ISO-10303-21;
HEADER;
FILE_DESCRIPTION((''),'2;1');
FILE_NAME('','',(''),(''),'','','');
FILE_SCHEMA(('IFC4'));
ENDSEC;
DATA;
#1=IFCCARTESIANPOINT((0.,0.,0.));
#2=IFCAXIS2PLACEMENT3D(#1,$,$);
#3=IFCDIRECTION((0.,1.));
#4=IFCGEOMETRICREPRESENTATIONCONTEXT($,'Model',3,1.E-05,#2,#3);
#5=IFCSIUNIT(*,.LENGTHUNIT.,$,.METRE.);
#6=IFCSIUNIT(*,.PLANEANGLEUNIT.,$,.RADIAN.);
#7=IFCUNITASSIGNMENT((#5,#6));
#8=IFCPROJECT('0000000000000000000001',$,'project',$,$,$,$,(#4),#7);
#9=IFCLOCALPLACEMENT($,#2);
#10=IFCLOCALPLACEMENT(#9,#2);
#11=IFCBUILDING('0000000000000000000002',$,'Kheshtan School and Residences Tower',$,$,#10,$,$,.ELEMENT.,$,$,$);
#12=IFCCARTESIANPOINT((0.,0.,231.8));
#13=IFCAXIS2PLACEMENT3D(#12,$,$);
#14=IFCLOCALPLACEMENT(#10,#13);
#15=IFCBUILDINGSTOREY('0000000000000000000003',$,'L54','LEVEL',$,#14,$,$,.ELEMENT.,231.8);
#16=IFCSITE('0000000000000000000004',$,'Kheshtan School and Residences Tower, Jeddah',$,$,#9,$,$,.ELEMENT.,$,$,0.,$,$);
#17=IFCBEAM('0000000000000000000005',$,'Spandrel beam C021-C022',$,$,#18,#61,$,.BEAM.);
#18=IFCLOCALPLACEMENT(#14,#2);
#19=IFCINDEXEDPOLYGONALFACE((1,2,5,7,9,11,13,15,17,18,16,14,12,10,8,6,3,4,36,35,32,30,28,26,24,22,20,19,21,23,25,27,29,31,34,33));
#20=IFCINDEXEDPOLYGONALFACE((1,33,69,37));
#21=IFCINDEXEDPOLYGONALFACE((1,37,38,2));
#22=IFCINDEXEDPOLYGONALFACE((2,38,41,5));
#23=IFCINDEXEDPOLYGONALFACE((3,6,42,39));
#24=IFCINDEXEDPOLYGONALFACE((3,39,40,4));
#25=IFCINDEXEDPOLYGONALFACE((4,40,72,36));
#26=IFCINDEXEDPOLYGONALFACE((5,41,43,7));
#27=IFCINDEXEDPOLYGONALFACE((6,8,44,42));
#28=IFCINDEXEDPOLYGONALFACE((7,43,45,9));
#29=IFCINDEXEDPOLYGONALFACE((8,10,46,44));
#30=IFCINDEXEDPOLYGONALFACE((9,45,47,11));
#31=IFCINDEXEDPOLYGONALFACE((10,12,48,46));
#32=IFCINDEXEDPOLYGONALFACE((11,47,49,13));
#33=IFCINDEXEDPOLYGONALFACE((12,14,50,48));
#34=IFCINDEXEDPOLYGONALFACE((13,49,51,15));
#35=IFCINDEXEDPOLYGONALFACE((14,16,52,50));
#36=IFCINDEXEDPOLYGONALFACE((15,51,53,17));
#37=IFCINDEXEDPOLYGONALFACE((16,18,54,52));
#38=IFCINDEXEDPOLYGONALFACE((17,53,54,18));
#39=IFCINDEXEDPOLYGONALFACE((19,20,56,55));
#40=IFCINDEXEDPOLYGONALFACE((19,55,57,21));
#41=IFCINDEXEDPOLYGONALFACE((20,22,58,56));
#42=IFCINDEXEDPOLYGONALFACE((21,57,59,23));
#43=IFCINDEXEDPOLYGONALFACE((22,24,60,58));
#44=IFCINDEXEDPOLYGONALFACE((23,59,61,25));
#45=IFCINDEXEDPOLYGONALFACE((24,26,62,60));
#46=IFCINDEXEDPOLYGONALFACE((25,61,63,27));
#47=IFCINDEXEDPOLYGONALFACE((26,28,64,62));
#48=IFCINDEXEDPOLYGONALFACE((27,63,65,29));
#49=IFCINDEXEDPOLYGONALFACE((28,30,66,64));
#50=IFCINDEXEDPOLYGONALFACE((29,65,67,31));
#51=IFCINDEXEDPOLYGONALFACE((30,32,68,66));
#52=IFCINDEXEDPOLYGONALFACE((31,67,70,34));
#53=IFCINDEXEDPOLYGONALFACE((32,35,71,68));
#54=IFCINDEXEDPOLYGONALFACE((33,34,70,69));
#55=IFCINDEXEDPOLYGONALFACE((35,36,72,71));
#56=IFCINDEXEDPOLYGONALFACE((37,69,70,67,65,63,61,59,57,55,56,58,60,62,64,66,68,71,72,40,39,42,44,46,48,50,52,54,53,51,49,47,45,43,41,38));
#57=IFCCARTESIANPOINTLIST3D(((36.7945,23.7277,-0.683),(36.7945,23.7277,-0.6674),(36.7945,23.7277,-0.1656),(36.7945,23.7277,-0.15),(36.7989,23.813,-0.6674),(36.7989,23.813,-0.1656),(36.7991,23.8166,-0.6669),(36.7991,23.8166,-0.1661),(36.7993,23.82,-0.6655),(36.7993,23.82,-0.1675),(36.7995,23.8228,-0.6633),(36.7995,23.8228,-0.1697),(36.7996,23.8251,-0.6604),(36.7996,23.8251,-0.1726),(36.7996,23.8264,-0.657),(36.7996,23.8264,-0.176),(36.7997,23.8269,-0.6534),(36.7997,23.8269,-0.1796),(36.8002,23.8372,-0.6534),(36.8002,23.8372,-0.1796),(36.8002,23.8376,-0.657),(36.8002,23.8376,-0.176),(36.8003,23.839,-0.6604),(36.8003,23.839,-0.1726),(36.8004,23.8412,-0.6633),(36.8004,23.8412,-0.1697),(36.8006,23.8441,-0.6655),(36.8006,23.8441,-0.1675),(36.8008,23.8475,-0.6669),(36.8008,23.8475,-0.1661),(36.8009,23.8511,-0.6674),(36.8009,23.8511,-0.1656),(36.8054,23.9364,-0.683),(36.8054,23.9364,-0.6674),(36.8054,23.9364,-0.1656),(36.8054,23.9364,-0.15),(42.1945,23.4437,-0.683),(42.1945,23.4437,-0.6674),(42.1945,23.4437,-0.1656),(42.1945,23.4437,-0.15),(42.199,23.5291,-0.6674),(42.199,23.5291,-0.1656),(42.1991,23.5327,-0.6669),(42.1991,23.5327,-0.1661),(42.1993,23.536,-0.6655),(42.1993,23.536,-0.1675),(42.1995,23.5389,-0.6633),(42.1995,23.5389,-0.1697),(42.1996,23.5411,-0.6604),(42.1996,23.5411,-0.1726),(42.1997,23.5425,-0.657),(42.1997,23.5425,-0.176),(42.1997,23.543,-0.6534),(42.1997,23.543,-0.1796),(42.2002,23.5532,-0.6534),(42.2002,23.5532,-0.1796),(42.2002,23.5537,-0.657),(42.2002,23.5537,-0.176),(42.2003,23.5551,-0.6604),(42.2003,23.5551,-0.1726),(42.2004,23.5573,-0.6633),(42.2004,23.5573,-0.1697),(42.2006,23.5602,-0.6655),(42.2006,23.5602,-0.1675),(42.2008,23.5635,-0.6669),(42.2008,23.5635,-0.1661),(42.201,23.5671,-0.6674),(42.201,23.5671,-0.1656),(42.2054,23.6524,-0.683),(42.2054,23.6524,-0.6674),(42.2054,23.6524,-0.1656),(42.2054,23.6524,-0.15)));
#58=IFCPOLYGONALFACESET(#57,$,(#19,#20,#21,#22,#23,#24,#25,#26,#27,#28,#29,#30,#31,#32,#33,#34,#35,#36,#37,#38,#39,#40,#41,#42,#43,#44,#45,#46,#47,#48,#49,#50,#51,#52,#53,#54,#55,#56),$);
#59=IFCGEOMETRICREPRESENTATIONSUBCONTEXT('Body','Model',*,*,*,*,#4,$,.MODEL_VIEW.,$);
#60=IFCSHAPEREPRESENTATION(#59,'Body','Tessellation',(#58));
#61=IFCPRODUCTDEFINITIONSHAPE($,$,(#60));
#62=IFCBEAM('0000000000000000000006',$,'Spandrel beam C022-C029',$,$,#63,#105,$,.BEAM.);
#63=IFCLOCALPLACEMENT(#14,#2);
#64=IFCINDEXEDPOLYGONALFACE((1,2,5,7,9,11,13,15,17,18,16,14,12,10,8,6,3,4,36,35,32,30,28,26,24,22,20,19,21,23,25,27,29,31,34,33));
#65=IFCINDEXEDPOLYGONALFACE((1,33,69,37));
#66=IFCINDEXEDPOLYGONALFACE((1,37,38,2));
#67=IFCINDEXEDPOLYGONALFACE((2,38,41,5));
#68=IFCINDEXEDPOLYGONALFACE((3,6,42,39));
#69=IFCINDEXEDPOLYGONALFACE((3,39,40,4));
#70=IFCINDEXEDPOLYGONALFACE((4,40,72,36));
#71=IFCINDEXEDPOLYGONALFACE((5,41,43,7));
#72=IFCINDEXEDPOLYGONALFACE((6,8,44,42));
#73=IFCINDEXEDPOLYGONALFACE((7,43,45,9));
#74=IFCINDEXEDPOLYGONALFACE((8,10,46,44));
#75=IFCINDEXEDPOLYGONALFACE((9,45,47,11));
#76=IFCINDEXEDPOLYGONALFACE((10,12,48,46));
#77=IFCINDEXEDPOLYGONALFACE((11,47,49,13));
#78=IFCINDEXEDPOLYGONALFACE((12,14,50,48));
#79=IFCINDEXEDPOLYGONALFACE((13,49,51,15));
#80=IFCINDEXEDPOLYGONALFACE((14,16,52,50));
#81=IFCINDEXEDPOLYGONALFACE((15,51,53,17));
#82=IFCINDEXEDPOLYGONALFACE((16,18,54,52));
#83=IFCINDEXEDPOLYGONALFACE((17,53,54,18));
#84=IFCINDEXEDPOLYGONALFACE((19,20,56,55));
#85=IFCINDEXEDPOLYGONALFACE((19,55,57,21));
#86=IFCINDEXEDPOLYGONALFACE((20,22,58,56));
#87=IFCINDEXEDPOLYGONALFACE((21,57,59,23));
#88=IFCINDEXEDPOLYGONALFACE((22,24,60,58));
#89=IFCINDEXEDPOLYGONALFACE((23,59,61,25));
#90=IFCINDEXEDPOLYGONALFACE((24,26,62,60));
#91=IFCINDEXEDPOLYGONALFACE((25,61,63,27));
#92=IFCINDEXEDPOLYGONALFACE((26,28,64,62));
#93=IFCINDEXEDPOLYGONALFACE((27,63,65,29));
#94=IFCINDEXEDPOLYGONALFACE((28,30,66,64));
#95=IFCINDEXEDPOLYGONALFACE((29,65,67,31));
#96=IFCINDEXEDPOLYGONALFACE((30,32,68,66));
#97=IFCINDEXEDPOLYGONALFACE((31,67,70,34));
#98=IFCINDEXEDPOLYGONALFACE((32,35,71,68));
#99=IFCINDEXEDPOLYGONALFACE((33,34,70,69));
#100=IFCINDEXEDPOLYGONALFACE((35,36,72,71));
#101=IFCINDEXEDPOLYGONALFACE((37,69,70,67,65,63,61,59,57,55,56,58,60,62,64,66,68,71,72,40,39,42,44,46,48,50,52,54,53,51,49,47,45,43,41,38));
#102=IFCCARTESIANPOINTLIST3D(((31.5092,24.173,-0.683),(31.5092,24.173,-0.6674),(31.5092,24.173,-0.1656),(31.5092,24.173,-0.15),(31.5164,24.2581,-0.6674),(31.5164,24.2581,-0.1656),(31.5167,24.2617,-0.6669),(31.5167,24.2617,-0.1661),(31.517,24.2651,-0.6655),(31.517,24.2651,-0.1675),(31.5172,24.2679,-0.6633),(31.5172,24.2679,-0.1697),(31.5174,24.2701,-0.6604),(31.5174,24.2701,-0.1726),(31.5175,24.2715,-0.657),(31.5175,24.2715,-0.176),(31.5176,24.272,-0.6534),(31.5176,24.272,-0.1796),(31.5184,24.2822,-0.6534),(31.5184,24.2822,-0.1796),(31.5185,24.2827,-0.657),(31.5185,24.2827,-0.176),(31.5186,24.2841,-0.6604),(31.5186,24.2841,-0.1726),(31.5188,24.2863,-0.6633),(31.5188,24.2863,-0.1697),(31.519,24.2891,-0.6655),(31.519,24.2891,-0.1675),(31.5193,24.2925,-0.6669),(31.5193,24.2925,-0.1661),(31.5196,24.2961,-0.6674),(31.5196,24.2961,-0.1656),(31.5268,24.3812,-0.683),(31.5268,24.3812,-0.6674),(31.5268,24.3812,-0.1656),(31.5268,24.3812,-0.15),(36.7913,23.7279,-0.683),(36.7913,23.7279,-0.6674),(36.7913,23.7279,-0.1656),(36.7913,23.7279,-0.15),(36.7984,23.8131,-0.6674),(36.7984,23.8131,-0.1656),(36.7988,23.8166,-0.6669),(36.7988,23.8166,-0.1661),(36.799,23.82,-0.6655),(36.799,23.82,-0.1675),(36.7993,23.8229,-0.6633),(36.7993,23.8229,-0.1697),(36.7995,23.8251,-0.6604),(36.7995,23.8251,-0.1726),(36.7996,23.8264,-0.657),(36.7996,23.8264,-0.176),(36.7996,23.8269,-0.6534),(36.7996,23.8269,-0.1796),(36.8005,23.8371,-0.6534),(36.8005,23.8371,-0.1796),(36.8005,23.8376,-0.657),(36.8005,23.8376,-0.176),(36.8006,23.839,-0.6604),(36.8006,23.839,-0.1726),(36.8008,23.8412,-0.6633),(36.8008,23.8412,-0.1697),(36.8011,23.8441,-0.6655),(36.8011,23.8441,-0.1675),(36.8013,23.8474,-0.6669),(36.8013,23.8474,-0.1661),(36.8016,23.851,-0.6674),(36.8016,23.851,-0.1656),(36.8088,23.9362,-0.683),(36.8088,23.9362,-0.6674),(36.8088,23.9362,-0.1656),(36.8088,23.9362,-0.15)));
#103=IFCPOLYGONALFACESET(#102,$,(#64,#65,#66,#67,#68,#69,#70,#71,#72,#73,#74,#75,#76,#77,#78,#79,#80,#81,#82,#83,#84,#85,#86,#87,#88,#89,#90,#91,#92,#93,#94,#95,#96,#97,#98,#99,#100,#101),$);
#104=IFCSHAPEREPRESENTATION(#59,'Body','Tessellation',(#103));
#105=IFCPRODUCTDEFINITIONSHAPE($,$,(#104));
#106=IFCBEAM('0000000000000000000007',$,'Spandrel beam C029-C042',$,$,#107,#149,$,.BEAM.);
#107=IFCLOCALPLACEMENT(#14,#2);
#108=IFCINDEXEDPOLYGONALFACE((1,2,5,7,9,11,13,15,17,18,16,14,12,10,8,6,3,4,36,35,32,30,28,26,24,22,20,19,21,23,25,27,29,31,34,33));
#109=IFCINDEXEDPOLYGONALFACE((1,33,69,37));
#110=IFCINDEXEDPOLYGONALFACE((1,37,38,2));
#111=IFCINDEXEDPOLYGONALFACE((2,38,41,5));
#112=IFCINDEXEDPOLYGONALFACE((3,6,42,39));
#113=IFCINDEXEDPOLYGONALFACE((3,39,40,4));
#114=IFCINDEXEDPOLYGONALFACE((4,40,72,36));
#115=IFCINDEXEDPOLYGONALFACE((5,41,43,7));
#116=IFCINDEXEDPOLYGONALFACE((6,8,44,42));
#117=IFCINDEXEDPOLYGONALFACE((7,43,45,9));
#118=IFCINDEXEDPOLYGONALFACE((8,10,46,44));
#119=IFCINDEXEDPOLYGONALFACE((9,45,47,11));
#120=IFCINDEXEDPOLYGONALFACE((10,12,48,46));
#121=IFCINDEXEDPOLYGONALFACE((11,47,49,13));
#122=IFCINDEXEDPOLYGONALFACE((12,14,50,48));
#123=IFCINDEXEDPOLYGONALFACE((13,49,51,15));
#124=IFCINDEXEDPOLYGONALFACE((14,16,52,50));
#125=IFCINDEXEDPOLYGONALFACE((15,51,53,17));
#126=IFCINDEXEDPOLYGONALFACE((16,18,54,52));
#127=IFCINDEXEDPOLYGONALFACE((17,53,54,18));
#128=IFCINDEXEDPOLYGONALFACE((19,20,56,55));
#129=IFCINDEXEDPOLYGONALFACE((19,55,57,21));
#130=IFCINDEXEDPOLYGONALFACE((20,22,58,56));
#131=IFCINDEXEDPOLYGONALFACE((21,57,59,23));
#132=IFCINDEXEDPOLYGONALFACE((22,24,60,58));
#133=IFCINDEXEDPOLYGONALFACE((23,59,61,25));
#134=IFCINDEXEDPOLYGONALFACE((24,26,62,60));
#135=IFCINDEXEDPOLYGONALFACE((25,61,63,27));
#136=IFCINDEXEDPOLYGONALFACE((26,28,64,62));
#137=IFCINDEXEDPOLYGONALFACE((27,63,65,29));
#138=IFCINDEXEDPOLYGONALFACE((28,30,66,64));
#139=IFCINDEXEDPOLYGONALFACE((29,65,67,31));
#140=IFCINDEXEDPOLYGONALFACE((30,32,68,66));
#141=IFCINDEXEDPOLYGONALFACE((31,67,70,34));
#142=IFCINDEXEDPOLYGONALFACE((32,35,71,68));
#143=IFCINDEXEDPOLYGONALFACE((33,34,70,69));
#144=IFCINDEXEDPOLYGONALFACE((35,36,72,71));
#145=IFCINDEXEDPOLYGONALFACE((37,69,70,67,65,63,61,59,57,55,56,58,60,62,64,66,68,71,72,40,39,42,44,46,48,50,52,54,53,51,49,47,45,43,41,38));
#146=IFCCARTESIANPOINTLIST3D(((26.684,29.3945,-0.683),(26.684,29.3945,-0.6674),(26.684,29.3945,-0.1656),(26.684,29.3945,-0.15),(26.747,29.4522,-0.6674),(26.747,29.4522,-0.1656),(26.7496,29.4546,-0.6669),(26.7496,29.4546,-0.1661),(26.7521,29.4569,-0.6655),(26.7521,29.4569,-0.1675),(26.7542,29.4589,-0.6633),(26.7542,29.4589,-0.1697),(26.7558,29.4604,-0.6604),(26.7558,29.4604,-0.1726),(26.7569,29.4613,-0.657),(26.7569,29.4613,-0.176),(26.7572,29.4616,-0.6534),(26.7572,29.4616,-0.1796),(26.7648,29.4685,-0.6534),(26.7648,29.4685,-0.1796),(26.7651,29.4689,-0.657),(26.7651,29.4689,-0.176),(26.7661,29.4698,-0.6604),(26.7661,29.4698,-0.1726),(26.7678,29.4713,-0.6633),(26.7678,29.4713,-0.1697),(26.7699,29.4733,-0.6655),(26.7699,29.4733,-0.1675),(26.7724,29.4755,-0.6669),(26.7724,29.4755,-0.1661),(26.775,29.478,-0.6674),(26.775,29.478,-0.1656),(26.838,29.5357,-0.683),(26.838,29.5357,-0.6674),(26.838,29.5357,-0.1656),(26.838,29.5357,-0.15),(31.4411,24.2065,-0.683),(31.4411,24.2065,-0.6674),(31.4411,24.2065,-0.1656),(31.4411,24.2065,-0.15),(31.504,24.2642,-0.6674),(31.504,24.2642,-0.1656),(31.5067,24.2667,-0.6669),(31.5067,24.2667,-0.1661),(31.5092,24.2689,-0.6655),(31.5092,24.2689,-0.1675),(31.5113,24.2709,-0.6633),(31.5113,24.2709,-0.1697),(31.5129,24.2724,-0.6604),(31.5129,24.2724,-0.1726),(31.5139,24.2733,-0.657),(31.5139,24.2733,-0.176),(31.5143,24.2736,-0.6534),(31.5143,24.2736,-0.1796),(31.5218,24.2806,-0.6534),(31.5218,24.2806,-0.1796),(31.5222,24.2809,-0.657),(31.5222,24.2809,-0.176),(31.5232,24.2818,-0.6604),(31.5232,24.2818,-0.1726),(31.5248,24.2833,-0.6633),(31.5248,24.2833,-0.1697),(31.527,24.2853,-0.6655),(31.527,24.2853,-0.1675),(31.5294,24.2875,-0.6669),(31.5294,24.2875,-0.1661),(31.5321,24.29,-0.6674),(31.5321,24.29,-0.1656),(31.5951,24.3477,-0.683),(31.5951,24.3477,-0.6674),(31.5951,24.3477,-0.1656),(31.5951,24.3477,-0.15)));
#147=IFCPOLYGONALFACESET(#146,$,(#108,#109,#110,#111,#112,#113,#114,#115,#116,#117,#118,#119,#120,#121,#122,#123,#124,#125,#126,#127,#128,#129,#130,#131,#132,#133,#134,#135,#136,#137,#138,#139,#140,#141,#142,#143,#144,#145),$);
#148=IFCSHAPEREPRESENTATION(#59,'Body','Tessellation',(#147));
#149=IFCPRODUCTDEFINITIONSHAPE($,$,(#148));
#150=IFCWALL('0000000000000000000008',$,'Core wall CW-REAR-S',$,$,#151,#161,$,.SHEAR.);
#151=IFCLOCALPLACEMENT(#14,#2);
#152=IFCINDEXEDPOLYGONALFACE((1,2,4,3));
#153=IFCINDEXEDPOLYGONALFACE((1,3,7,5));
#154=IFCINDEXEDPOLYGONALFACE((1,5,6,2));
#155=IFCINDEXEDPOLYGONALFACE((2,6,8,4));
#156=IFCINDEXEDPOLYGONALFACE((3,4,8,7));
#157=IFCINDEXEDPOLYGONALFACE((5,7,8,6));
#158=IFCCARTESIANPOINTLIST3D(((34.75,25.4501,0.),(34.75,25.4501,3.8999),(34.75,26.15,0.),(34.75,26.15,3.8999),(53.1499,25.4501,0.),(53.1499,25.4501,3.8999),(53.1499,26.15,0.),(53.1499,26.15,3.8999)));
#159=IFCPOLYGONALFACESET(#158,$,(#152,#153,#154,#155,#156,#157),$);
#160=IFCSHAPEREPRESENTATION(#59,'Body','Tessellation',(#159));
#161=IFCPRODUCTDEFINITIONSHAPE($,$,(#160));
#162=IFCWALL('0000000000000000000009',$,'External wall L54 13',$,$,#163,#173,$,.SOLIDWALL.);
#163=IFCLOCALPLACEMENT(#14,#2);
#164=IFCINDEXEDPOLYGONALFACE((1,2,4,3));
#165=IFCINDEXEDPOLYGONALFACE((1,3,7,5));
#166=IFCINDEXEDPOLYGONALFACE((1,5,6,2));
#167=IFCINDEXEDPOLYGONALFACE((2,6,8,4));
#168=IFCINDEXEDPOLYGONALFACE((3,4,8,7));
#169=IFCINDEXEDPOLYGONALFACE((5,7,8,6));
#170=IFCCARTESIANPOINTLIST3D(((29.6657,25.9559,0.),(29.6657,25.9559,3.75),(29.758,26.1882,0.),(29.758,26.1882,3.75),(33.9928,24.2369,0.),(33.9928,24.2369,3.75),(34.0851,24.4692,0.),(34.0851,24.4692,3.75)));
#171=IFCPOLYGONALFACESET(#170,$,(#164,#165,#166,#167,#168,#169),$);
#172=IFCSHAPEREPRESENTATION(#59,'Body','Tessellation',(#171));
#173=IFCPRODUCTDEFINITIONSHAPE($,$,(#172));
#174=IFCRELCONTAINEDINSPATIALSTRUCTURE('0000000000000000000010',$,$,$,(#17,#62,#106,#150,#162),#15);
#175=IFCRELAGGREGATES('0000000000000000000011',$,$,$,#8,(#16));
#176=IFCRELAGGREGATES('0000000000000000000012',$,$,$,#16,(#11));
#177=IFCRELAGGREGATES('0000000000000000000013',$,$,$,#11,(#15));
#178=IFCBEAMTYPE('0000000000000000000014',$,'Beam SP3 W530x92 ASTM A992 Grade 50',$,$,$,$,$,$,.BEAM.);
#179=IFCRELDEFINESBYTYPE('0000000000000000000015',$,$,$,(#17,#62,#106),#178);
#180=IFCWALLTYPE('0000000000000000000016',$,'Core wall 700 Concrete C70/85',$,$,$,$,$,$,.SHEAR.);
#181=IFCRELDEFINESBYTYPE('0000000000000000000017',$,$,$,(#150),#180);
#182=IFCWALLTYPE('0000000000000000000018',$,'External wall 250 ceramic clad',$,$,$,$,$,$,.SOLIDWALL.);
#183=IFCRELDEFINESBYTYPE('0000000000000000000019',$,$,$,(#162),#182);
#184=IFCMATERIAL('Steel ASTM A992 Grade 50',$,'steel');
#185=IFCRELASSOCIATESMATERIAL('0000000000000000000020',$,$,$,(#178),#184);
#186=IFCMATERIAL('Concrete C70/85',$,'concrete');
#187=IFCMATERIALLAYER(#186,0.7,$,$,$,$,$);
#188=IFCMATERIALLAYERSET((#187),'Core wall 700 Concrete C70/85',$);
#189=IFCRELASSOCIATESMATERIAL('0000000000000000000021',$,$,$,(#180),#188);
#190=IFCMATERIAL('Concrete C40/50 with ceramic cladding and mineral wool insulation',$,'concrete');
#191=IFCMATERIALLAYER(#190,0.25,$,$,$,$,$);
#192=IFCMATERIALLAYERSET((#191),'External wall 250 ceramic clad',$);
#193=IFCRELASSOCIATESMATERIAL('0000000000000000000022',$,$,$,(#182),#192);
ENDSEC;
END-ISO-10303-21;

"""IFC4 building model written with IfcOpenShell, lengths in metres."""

from ifc_helpers import new_model, si_unit, direction, frame, frame_2d, origin, origin_2d, place, context, subcontext, project, spatial, rectangle, i_section, extrude, material, layer, layer_set, material_profile, profile_set, type_object, element, save


model = new_model("IFC4")

# Units and contexts
model_context = context("Model", 3, precision=1e-05, world=origin(), true_north=direction((0.0, 1.0)))
body_context = subcontext(model_context, "Body", "Model", "MODEL_VIEW")
ifc_project = project(units=[si_unit("LENGTHUNIT", "METRE"), si_unit("PLANEANGLEUNIT", "RADIAN")], contexts=[model_context])

# Site, building, storey
site_placement = place(None, origin())
site = spatial("IfcSite", under=ifc_project, at=site_placement, Name="Kheshtan School and Residences Tower, Jeddah", CompositionType="ELEMENT", RefElevation=0.0)
building_placement = place(site_placement, origin())
building = spatial("IfcBuilding", under=site, at=building_placement, Name="Kheshtan School and Residences Tower", CompositionType="ELEMENT")
storey_placement = place(building_placement, frame((0.0, 0.0, 231.8)))
storey = spatial("IfcBuildingStorey", under=building, at=storey_placement, Name="L54", Description="LEVEL", CompositionType="ELEMENT", Elevation=231.8)

# Shared definitions
ifc_material_1 = material(Name="Steel ASTM A992 Grade 50", Category="steel")

# Beams
ifc_material_profile_1 = material_profile(ifc_material_1, i_section(OverallWidth=0.209, OverallDepth=0.533, WebThickness=0.0103, FlangeThickness=0.0156, FilletRadius=0.0139, at=origin_2d()), Name="W530x92")
ifc_profile_set_1 = profile_set([ifc_material_profile_1], Name="Steel ASTM A992 Grade 50")
beam_type_1 = type_object("IfcBeamType", Name="Beam SP3 W530x92 ASTM A992 Grade 50", PredefinedType="BEAM", material=ifc_profile_set_1)
beam_1_placement = place(storey_placement, frame((42.2, 23.5481, -0.4165), z_axis=(-0.99862, 0.052509, 0.0), x_axis=(-0.052509, -0.99862, 0.0)))
element("IfcBeam", 1, at=beam_1_placement, inside=storey, type_object=beam_type_1, Name="Spandrel beam C021-C022", PredefinedType="BEAM", context=body_context, shape_type="SweptSolid", body=[
    extrude(i_section(OverallWidth=0.209, OverallDepth=0.533, WebThickness=0.0103, FlangeThickness=0.0156, FilletRadius=0.0139, at=origin_2d()), origin(), (0.0, 0.0, 1.0), 5.4075),
])
beam_2_placement = place(storey_placement, frame((36.8, 23.832, -0.4165), z_axis=(-0.996469, 0.083964, 0.0), x_axis=(-0.083964, -0.996469, 0.0)))
element("IfcBeam", 2, at=beam_2_placement, inside=storey, type_object=beam_type_1, Name="Spandrel beam C022-C029", PredefinedType="BEAM", context=body_context, shape_type="SweptSolid", body=[
    extrude(i_section(OverallWidth=0.209, OverallDepth=0.533, WebThickness=0.0103, FlangeThickness=0.0156, FilletRadius=0.0139, at=origin_2d()), origin(), (0.0, 0.0, 1.0), 5.3008),
])
beam_3_placement = place(storey_placement, frame((31.5181, 24.2771, -0.4165), z_axis=(-0.675835, 0.737053, 0.0), x_axis=(-0.737053, -0.675835, 0.0)))
element("IfcBeam", 3, at=beam_3_placement, inside=storey, type_object=beam_type_1, Name="Spandrel beam C029-C042", PredefinedType="BEAM", context=body_context, shape_type="SweptSolid", body=[
    extrude(i_section(OverallWidth=0.209, OverallDepth=0.533, WebThickness=0.0103, FlangeThickness=0.0156, FilletRadius=0.0139, at=origin_2d()), origin(), (0.0, 0.0, 1.0), 7.0388),
])

# Walls
ifc_material_2 = material(Name="Concrete C70/85", Category="concrete")
ifc_layer_1 = layer(ifc_material_2, 0.7)
ifc_layer_set_1 = layer_set([ifc_layer_1], Name="Core wall 700 Concrete C70/85")
wall_type_1 = type_object("IfcWallType", Name="Core wall 700 Concrete C70/85", PredefinedType="SHEAR", material=ifc_layer_set_1)
wall_1_placement = place(storey_placement, frame((34.75, 25.8, 0.0), z_axis=(0.0, 0.0, 1.0), x_axis=(1.0, 0.0, 0.0)))
element("IfcWall", 4, at=wall_1_placement, inside=storey, type_object=wall_type_1, Name="Core wall CW-REAR-S", PredefinedType="SHEAR", context=body_context, shape_type="SweptSolid", body=[
    extrude(rectangle(XDim=18.3999, YDim=0.7, at=frame_2d((9.2, 0.0))), origin(), (0.0, 0.0, 1.0), 3.8999),
])
ifc_material_3 = material(Name="Concrete C40/50 with ceramic cladding and mineral wool insulation", Category="concrete")
ifc_layer_2 = layer(ifc_material_3, 0.25)
ifc_layer_set_2 = layer_set([ifc_layer_2], Name="External wall 250 ceramic clad")
wall_type_2 = type_object("IfcWallType", Name="External wall 250 ceramic clad", PredefinedType="SOLIDWALL", material=ifc_layer_set_2)
wall_2_placement = place(storey_placement, frame((34.0391, 24.353, 0.0), z_axis=(0.0, 0.0, 1.0), x_axis=(-0.929353, 0.369193, 0.0)))
element("IfcWall", 5, at=wall_2_placement, inside=storey, type_object=wall_type_2, Name="External wall L54 13", PredefinedType="SOLIDWALL", context=body_context, shape_type="SweptSolid", body=[
    extrude(rectangle(XDim=4.656, YDim=0.25, at=frame_2d((2.3281, 0.0))), origin(), (0.0, 0.0, 1.0), 3.75),
])

save(model, "model.ifc")
